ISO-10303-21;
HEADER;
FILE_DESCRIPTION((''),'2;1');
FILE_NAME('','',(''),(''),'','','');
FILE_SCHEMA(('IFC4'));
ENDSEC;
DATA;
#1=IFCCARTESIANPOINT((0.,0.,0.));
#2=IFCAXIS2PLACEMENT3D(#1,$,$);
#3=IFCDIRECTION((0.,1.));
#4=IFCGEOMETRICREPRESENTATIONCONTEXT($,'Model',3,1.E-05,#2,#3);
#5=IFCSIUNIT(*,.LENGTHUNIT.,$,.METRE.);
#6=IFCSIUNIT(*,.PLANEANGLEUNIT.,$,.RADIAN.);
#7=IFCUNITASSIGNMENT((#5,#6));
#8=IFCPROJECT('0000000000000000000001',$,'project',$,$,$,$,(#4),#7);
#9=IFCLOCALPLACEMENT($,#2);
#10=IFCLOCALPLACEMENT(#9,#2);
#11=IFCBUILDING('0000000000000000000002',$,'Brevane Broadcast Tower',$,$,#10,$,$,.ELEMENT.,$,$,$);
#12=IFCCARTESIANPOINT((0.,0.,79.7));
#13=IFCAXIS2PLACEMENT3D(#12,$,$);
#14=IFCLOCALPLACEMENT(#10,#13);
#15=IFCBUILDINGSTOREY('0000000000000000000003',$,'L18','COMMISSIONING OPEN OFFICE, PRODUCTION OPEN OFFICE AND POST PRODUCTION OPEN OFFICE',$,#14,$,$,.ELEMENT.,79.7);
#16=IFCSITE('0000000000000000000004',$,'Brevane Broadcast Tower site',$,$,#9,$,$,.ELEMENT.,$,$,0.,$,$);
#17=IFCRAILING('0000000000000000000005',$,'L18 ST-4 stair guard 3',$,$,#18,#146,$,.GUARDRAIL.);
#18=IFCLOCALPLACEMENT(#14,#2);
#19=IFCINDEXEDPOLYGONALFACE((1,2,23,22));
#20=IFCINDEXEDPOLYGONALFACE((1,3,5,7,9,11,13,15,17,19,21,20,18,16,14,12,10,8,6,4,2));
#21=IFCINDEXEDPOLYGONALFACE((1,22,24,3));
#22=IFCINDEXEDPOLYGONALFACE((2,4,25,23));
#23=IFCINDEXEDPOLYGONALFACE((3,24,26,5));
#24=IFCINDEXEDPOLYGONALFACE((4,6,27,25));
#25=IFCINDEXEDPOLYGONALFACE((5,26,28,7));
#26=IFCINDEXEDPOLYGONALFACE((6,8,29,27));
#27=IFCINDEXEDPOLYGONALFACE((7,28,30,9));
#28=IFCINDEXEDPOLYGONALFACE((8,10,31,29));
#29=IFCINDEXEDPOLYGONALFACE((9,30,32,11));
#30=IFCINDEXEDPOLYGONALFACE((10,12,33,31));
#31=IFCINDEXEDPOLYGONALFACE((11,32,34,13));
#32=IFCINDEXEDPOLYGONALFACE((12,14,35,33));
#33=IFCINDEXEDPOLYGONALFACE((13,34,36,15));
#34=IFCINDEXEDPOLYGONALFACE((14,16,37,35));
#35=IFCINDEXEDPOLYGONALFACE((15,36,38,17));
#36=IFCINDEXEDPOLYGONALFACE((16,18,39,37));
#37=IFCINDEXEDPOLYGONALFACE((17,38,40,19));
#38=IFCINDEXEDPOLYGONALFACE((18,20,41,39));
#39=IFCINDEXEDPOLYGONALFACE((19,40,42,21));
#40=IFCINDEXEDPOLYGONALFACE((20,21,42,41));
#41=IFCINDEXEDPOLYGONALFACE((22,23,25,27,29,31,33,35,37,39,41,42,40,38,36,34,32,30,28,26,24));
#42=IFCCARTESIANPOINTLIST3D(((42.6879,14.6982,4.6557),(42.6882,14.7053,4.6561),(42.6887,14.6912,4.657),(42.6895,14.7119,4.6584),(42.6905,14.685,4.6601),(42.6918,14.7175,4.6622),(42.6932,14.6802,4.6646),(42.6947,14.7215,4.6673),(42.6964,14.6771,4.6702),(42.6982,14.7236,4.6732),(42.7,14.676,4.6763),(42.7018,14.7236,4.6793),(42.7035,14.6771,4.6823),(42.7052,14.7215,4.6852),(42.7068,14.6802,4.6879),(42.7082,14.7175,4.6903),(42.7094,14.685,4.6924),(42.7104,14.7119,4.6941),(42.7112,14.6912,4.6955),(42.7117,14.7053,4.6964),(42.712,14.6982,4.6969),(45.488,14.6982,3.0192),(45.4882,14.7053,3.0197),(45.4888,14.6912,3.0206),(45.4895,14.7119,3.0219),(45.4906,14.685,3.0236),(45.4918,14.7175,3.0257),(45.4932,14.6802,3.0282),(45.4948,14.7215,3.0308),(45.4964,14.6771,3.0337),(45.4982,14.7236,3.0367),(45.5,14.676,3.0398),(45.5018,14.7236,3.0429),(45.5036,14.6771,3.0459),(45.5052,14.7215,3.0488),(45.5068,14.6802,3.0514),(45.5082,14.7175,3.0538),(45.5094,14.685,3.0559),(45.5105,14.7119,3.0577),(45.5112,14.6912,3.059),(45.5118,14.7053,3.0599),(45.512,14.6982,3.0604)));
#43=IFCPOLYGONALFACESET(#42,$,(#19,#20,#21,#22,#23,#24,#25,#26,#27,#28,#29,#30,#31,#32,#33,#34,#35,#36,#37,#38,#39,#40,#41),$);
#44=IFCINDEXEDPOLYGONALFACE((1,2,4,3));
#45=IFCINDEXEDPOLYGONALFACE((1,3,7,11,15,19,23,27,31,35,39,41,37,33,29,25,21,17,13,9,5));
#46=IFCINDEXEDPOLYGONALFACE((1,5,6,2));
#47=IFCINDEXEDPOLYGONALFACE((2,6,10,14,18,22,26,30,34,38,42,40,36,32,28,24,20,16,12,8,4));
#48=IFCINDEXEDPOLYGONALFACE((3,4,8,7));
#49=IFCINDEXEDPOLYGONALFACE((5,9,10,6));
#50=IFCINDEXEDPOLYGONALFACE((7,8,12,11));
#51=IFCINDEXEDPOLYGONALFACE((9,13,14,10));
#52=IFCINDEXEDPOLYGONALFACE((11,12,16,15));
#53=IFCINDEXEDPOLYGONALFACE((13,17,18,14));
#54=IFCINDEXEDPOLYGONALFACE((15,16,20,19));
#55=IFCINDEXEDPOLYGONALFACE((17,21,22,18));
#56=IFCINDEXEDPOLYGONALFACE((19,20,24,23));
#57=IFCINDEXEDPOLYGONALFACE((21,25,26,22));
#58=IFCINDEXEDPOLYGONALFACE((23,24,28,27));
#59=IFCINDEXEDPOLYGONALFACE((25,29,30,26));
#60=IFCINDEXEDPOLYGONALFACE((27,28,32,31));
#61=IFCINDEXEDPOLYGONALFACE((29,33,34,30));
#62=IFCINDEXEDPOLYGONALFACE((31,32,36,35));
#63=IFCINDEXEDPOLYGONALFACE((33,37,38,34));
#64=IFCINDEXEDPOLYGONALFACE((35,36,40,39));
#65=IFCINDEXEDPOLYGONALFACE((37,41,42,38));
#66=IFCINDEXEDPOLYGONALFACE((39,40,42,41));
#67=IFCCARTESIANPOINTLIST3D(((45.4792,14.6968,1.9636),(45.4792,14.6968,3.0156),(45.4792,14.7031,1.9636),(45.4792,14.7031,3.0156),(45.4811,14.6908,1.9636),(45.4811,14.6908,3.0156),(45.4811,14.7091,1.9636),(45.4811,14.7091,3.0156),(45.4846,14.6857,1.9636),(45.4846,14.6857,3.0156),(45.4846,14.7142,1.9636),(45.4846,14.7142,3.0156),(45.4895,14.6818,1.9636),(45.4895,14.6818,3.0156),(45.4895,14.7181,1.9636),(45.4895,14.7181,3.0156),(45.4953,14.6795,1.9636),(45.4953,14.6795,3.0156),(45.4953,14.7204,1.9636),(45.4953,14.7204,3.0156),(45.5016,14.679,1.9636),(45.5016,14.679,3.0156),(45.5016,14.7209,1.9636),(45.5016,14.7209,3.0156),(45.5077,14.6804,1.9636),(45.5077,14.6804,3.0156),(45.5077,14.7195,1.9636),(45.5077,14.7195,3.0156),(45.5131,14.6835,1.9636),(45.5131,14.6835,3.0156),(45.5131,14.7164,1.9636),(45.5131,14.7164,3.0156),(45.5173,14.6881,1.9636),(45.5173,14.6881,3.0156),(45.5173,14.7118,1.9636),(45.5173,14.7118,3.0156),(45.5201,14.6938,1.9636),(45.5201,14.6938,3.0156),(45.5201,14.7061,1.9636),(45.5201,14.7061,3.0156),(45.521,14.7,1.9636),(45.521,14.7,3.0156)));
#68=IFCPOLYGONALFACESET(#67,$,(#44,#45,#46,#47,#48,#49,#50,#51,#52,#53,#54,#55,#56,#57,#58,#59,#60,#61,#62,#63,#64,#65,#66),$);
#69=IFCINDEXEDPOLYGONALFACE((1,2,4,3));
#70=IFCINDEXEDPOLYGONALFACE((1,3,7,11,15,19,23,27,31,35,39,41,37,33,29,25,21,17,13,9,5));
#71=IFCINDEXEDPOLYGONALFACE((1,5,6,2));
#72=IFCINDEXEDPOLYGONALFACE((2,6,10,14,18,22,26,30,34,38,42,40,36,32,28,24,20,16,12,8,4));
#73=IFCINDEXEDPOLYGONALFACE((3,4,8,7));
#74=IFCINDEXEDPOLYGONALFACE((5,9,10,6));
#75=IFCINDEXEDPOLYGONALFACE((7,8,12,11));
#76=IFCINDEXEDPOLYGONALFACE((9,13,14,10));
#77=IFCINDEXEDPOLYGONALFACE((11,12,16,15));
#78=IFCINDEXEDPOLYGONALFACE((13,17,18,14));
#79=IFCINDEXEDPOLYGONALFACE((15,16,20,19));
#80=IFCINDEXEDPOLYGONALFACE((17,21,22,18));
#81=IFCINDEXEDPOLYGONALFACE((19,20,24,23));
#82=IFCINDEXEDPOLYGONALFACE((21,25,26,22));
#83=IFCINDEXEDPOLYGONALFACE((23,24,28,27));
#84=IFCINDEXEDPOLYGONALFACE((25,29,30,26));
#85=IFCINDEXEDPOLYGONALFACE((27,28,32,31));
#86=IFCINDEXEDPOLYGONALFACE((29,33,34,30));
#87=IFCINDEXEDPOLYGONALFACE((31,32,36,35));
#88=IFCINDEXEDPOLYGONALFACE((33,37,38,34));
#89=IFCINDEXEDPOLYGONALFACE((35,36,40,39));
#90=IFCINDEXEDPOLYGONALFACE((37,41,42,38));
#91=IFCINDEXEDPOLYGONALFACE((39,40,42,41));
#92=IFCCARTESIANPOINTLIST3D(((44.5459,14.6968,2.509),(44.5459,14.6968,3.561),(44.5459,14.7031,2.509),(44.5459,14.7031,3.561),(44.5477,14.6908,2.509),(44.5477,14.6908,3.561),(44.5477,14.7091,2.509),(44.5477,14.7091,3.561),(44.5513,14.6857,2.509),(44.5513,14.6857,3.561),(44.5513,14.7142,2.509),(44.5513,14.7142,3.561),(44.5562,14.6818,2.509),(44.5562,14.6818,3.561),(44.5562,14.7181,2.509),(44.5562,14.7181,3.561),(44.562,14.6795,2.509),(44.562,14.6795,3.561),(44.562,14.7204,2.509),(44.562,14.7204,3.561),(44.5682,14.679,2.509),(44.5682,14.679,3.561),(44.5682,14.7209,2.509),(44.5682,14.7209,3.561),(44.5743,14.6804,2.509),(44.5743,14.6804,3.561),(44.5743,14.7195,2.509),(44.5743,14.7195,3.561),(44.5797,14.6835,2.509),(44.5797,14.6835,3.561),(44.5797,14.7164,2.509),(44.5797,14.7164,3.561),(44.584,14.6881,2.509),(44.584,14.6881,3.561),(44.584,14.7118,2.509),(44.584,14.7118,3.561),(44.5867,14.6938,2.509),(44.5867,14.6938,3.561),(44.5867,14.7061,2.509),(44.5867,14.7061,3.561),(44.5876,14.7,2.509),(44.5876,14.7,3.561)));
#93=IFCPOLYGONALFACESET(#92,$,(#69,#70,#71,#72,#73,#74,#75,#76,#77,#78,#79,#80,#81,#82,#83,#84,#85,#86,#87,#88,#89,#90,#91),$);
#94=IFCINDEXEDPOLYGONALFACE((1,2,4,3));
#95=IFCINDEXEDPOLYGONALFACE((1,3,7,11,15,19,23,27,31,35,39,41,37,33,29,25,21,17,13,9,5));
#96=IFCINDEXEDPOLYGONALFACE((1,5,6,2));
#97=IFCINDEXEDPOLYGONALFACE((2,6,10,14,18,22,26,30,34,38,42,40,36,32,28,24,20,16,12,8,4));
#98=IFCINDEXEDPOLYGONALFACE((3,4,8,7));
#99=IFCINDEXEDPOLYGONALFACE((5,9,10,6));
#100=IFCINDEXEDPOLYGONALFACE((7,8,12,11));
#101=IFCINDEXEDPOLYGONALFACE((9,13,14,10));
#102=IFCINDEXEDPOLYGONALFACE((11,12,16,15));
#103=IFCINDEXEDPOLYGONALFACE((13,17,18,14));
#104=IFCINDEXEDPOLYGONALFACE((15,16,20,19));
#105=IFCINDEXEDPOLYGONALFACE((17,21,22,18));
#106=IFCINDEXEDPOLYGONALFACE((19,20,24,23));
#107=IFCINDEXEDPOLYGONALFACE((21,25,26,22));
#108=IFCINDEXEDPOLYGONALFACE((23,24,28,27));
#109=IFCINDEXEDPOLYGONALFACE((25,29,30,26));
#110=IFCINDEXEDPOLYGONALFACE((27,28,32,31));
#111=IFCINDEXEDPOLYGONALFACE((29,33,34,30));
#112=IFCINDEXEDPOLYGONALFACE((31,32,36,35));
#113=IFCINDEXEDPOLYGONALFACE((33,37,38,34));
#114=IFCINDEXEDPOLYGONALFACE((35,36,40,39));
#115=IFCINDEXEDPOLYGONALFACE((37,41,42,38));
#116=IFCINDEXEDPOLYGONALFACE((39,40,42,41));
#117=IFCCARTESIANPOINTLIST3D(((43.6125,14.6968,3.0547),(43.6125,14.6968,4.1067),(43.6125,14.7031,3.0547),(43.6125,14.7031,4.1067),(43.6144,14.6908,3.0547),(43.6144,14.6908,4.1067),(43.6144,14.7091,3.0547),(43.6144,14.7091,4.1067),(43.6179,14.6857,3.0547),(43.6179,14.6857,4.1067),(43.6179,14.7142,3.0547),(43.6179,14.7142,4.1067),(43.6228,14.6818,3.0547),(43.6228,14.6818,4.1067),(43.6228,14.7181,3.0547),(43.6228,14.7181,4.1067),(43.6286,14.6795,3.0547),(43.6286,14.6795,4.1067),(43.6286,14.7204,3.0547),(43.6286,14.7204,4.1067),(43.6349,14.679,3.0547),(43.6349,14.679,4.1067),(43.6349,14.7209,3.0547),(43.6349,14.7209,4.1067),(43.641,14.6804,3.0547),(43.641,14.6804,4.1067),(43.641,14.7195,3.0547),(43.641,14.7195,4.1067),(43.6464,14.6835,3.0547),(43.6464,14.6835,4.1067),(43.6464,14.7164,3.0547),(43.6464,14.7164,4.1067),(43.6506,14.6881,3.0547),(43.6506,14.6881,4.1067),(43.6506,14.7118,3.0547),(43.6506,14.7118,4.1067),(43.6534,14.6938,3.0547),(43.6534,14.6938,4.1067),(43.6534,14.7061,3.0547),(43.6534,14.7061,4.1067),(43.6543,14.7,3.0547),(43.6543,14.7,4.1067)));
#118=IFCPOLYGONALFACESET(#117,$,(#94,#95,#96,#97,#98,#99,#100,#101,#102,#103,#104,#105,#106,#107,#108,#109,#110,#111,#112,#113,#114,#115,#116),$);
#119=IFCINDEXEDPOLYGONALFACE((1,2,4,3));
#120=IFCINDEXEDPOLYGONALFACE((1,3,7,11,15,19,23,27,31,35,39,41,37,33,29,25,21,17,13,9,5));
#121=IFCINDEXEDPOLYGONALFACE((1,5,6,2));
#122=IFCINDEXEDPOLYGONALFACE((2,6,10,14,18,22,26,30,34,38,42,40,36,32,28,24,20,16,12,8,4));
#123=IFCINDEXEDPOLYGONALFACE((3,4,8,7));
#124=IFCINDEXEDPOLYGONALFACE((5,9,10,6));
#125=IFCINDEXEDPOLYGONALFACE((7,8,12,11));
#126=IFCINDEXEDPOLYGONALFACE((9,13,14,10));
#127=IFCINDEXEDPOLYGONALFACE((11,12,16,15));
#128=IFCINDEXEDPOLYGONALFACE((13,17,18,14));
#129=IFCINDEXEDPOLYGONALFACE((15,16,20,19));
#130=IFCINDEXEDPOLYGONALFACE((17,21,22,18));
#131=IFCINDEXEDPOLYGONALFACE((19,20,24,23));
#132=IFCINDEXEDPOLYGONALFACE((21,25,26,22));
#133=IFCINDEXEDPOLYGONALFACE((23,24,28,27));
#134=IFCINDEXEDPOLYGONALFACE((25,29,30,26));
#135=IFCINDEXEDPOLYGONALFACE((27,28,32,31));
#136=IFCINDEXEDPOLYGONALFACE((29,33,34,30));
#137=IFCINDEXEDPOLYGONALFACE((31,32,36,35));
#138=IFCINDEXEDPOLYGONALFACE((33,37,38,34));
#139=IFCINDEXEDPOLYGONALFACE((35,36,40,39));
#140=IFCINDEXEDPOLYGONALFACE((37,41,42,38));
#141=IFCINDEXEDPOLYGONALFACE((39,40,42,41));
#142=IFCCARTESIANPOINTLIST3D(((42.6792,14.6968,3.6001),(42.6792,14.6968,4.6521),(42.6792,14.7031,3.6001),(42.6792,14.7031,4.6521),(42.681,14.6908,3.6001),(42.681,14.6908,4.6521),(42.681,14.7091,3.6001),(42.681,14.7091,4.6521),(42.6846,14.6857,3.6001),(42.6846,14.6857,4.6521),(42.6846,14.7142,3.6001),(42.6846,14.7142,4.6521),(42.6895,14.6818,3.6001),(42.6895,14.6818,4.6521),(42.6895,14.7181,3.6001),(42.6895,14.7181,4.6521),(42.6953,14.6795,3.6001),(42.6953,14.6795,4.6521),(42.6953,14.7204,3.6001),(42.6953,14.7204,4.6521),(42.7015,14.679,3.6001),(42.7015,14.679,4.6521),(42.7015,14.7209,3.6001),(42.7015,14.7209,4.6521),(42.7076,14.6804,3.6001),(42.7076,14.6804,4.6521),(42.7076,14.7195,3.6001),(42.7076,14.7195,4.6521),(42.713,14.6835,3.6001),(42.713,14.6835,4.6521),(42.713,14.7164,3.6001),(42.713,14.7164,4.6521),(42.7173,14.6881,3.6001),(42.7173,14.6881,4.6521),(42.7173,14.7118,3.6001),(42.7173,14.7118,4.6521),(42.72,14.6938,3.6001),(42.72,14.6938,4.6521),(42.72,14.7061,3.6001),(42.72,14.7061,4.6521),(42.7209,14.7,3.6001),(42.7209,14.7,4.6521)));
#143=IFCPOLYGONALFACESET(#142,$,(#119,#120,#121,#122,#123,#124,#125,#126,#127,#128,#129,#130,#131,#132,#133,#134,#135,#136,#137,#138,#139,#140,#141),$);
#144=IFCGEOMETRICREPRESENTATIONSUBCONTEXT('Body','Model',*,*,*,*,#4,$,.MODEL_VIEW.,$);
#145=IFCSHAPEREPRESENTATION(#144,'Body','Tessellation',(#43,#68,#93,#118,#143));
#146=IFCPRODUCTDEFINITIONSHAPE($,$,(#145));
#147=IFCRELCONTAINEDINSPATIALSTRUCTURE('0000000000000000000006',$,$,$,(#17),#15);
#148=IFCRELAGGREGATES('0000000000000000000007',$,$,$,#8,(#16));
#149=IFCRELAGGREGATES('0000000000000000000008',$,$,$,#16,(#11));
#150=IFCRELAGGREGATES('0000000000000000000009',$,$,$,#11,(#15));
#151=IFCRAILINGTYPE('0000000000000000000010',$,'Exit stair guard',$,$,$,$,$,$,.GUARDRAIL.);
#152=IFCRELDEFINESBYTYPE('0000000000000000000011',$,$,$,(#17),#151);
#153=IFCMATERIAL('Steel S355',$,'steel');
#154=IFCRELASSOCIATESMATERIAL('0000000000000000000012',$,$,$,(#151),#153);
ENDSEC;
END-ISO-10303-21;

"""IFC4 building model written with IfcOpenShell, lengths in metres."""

from ifc_helpers import new_model, si_unit, direction, frame, origin, origin_2d, place, context, subcontext, project, spatial, circle, extrude, material, type_object, element, save


model = new_model("IFC4")

# Units and contexts
model_context = context("Model", 3, precision=1e-05, world=origin(), true_north=direction((0.0, 1.0)))
body_context = subcontext(model_context, "Body", "Model", "MODEL_VIEW")
ifc_project = project(units=[si_unit("LENGTHUNIT", "METRE"), si_unit("PLANEANGLEUNIT", "RADIAN")], contexts=[model_context])

# Site, building, storey
site_placement = place(None, origin())
site = spatial("IfcSite", under=ifc_project, at=site_placement, Name="Brevane Broadcast Tower site", CompositionType="ELEMENT", RefElevation=0.0)
building_placement = place(site_placement, origin())
building = spatial("IfcBuilding", under=site, at=building_placement, Name="Brevane Broadcast Tower", CompositionType="ELEMENT")
storey_placement = place(building_placement, frame((0.0, 0.0, 79.7)))
storey = spatial("IfcBuildingStorey", under=building, at=storey_placement, Name="L18", Description="COMMISSIONING OPEN OFFICE, PRODUCTION OPEN OFFICE AND POST PRODUCTION OPEN OFFICE", CompositionType="ELEMENT", Elevation=79.7)

# Railing
ifc_material_1 = material(Name="Steel S355", Category="steel")
railing_type_1 = type_object("IfcRailingType", Name="Exit stair guard", PredefinedType="GUARDRAIL", material=ifc_material_1)
railing_1_placement = place(storey_placement, frame((45.5, 14.7, 1.9636)))
element("IfcRailing", 1, at=railing_1_placement, inside=storey, type_object=railing_type_1, Name="L18 ST-4 stair guard 3", PredefinedType="GUARDRAIL", context=body_context, shape_type="SweptSolid", body=[
    extrude(circle(Radius=0.0239, at=origin_2d()), frame((0.0, 0.0, 1.0762), z_axis=(-0.863361, 0.0, 0.504587), x_axis=(0.0, -1.0, 0.0)), (0.0, 0.0, 1.0), 3.2432),
    extrude(circle(Radius=0.021, at=origin_2d()), origin(), (0.0, 0.0, 1.0), 1.052),
    extrude(circle(Radius=0.021, at=origin_2d()), frame((-0.9333, 0.0, 0.5454)), (0.0, 0.0, 1.0), 1.052),
    extrude(circle(Radius=0.021, at=origin_2d()), frame((-1.8667, 0.0, 1.0911)), (0.0, 0.0, 1.0), 1.052),
    extrude(circle(Radius=0.021, at=origin_2d()), frame((-2.8, 0.0, 1.6365)), (0.0, 0.0, 1.0), 1.052),
])

save(model, "model.ifc")
